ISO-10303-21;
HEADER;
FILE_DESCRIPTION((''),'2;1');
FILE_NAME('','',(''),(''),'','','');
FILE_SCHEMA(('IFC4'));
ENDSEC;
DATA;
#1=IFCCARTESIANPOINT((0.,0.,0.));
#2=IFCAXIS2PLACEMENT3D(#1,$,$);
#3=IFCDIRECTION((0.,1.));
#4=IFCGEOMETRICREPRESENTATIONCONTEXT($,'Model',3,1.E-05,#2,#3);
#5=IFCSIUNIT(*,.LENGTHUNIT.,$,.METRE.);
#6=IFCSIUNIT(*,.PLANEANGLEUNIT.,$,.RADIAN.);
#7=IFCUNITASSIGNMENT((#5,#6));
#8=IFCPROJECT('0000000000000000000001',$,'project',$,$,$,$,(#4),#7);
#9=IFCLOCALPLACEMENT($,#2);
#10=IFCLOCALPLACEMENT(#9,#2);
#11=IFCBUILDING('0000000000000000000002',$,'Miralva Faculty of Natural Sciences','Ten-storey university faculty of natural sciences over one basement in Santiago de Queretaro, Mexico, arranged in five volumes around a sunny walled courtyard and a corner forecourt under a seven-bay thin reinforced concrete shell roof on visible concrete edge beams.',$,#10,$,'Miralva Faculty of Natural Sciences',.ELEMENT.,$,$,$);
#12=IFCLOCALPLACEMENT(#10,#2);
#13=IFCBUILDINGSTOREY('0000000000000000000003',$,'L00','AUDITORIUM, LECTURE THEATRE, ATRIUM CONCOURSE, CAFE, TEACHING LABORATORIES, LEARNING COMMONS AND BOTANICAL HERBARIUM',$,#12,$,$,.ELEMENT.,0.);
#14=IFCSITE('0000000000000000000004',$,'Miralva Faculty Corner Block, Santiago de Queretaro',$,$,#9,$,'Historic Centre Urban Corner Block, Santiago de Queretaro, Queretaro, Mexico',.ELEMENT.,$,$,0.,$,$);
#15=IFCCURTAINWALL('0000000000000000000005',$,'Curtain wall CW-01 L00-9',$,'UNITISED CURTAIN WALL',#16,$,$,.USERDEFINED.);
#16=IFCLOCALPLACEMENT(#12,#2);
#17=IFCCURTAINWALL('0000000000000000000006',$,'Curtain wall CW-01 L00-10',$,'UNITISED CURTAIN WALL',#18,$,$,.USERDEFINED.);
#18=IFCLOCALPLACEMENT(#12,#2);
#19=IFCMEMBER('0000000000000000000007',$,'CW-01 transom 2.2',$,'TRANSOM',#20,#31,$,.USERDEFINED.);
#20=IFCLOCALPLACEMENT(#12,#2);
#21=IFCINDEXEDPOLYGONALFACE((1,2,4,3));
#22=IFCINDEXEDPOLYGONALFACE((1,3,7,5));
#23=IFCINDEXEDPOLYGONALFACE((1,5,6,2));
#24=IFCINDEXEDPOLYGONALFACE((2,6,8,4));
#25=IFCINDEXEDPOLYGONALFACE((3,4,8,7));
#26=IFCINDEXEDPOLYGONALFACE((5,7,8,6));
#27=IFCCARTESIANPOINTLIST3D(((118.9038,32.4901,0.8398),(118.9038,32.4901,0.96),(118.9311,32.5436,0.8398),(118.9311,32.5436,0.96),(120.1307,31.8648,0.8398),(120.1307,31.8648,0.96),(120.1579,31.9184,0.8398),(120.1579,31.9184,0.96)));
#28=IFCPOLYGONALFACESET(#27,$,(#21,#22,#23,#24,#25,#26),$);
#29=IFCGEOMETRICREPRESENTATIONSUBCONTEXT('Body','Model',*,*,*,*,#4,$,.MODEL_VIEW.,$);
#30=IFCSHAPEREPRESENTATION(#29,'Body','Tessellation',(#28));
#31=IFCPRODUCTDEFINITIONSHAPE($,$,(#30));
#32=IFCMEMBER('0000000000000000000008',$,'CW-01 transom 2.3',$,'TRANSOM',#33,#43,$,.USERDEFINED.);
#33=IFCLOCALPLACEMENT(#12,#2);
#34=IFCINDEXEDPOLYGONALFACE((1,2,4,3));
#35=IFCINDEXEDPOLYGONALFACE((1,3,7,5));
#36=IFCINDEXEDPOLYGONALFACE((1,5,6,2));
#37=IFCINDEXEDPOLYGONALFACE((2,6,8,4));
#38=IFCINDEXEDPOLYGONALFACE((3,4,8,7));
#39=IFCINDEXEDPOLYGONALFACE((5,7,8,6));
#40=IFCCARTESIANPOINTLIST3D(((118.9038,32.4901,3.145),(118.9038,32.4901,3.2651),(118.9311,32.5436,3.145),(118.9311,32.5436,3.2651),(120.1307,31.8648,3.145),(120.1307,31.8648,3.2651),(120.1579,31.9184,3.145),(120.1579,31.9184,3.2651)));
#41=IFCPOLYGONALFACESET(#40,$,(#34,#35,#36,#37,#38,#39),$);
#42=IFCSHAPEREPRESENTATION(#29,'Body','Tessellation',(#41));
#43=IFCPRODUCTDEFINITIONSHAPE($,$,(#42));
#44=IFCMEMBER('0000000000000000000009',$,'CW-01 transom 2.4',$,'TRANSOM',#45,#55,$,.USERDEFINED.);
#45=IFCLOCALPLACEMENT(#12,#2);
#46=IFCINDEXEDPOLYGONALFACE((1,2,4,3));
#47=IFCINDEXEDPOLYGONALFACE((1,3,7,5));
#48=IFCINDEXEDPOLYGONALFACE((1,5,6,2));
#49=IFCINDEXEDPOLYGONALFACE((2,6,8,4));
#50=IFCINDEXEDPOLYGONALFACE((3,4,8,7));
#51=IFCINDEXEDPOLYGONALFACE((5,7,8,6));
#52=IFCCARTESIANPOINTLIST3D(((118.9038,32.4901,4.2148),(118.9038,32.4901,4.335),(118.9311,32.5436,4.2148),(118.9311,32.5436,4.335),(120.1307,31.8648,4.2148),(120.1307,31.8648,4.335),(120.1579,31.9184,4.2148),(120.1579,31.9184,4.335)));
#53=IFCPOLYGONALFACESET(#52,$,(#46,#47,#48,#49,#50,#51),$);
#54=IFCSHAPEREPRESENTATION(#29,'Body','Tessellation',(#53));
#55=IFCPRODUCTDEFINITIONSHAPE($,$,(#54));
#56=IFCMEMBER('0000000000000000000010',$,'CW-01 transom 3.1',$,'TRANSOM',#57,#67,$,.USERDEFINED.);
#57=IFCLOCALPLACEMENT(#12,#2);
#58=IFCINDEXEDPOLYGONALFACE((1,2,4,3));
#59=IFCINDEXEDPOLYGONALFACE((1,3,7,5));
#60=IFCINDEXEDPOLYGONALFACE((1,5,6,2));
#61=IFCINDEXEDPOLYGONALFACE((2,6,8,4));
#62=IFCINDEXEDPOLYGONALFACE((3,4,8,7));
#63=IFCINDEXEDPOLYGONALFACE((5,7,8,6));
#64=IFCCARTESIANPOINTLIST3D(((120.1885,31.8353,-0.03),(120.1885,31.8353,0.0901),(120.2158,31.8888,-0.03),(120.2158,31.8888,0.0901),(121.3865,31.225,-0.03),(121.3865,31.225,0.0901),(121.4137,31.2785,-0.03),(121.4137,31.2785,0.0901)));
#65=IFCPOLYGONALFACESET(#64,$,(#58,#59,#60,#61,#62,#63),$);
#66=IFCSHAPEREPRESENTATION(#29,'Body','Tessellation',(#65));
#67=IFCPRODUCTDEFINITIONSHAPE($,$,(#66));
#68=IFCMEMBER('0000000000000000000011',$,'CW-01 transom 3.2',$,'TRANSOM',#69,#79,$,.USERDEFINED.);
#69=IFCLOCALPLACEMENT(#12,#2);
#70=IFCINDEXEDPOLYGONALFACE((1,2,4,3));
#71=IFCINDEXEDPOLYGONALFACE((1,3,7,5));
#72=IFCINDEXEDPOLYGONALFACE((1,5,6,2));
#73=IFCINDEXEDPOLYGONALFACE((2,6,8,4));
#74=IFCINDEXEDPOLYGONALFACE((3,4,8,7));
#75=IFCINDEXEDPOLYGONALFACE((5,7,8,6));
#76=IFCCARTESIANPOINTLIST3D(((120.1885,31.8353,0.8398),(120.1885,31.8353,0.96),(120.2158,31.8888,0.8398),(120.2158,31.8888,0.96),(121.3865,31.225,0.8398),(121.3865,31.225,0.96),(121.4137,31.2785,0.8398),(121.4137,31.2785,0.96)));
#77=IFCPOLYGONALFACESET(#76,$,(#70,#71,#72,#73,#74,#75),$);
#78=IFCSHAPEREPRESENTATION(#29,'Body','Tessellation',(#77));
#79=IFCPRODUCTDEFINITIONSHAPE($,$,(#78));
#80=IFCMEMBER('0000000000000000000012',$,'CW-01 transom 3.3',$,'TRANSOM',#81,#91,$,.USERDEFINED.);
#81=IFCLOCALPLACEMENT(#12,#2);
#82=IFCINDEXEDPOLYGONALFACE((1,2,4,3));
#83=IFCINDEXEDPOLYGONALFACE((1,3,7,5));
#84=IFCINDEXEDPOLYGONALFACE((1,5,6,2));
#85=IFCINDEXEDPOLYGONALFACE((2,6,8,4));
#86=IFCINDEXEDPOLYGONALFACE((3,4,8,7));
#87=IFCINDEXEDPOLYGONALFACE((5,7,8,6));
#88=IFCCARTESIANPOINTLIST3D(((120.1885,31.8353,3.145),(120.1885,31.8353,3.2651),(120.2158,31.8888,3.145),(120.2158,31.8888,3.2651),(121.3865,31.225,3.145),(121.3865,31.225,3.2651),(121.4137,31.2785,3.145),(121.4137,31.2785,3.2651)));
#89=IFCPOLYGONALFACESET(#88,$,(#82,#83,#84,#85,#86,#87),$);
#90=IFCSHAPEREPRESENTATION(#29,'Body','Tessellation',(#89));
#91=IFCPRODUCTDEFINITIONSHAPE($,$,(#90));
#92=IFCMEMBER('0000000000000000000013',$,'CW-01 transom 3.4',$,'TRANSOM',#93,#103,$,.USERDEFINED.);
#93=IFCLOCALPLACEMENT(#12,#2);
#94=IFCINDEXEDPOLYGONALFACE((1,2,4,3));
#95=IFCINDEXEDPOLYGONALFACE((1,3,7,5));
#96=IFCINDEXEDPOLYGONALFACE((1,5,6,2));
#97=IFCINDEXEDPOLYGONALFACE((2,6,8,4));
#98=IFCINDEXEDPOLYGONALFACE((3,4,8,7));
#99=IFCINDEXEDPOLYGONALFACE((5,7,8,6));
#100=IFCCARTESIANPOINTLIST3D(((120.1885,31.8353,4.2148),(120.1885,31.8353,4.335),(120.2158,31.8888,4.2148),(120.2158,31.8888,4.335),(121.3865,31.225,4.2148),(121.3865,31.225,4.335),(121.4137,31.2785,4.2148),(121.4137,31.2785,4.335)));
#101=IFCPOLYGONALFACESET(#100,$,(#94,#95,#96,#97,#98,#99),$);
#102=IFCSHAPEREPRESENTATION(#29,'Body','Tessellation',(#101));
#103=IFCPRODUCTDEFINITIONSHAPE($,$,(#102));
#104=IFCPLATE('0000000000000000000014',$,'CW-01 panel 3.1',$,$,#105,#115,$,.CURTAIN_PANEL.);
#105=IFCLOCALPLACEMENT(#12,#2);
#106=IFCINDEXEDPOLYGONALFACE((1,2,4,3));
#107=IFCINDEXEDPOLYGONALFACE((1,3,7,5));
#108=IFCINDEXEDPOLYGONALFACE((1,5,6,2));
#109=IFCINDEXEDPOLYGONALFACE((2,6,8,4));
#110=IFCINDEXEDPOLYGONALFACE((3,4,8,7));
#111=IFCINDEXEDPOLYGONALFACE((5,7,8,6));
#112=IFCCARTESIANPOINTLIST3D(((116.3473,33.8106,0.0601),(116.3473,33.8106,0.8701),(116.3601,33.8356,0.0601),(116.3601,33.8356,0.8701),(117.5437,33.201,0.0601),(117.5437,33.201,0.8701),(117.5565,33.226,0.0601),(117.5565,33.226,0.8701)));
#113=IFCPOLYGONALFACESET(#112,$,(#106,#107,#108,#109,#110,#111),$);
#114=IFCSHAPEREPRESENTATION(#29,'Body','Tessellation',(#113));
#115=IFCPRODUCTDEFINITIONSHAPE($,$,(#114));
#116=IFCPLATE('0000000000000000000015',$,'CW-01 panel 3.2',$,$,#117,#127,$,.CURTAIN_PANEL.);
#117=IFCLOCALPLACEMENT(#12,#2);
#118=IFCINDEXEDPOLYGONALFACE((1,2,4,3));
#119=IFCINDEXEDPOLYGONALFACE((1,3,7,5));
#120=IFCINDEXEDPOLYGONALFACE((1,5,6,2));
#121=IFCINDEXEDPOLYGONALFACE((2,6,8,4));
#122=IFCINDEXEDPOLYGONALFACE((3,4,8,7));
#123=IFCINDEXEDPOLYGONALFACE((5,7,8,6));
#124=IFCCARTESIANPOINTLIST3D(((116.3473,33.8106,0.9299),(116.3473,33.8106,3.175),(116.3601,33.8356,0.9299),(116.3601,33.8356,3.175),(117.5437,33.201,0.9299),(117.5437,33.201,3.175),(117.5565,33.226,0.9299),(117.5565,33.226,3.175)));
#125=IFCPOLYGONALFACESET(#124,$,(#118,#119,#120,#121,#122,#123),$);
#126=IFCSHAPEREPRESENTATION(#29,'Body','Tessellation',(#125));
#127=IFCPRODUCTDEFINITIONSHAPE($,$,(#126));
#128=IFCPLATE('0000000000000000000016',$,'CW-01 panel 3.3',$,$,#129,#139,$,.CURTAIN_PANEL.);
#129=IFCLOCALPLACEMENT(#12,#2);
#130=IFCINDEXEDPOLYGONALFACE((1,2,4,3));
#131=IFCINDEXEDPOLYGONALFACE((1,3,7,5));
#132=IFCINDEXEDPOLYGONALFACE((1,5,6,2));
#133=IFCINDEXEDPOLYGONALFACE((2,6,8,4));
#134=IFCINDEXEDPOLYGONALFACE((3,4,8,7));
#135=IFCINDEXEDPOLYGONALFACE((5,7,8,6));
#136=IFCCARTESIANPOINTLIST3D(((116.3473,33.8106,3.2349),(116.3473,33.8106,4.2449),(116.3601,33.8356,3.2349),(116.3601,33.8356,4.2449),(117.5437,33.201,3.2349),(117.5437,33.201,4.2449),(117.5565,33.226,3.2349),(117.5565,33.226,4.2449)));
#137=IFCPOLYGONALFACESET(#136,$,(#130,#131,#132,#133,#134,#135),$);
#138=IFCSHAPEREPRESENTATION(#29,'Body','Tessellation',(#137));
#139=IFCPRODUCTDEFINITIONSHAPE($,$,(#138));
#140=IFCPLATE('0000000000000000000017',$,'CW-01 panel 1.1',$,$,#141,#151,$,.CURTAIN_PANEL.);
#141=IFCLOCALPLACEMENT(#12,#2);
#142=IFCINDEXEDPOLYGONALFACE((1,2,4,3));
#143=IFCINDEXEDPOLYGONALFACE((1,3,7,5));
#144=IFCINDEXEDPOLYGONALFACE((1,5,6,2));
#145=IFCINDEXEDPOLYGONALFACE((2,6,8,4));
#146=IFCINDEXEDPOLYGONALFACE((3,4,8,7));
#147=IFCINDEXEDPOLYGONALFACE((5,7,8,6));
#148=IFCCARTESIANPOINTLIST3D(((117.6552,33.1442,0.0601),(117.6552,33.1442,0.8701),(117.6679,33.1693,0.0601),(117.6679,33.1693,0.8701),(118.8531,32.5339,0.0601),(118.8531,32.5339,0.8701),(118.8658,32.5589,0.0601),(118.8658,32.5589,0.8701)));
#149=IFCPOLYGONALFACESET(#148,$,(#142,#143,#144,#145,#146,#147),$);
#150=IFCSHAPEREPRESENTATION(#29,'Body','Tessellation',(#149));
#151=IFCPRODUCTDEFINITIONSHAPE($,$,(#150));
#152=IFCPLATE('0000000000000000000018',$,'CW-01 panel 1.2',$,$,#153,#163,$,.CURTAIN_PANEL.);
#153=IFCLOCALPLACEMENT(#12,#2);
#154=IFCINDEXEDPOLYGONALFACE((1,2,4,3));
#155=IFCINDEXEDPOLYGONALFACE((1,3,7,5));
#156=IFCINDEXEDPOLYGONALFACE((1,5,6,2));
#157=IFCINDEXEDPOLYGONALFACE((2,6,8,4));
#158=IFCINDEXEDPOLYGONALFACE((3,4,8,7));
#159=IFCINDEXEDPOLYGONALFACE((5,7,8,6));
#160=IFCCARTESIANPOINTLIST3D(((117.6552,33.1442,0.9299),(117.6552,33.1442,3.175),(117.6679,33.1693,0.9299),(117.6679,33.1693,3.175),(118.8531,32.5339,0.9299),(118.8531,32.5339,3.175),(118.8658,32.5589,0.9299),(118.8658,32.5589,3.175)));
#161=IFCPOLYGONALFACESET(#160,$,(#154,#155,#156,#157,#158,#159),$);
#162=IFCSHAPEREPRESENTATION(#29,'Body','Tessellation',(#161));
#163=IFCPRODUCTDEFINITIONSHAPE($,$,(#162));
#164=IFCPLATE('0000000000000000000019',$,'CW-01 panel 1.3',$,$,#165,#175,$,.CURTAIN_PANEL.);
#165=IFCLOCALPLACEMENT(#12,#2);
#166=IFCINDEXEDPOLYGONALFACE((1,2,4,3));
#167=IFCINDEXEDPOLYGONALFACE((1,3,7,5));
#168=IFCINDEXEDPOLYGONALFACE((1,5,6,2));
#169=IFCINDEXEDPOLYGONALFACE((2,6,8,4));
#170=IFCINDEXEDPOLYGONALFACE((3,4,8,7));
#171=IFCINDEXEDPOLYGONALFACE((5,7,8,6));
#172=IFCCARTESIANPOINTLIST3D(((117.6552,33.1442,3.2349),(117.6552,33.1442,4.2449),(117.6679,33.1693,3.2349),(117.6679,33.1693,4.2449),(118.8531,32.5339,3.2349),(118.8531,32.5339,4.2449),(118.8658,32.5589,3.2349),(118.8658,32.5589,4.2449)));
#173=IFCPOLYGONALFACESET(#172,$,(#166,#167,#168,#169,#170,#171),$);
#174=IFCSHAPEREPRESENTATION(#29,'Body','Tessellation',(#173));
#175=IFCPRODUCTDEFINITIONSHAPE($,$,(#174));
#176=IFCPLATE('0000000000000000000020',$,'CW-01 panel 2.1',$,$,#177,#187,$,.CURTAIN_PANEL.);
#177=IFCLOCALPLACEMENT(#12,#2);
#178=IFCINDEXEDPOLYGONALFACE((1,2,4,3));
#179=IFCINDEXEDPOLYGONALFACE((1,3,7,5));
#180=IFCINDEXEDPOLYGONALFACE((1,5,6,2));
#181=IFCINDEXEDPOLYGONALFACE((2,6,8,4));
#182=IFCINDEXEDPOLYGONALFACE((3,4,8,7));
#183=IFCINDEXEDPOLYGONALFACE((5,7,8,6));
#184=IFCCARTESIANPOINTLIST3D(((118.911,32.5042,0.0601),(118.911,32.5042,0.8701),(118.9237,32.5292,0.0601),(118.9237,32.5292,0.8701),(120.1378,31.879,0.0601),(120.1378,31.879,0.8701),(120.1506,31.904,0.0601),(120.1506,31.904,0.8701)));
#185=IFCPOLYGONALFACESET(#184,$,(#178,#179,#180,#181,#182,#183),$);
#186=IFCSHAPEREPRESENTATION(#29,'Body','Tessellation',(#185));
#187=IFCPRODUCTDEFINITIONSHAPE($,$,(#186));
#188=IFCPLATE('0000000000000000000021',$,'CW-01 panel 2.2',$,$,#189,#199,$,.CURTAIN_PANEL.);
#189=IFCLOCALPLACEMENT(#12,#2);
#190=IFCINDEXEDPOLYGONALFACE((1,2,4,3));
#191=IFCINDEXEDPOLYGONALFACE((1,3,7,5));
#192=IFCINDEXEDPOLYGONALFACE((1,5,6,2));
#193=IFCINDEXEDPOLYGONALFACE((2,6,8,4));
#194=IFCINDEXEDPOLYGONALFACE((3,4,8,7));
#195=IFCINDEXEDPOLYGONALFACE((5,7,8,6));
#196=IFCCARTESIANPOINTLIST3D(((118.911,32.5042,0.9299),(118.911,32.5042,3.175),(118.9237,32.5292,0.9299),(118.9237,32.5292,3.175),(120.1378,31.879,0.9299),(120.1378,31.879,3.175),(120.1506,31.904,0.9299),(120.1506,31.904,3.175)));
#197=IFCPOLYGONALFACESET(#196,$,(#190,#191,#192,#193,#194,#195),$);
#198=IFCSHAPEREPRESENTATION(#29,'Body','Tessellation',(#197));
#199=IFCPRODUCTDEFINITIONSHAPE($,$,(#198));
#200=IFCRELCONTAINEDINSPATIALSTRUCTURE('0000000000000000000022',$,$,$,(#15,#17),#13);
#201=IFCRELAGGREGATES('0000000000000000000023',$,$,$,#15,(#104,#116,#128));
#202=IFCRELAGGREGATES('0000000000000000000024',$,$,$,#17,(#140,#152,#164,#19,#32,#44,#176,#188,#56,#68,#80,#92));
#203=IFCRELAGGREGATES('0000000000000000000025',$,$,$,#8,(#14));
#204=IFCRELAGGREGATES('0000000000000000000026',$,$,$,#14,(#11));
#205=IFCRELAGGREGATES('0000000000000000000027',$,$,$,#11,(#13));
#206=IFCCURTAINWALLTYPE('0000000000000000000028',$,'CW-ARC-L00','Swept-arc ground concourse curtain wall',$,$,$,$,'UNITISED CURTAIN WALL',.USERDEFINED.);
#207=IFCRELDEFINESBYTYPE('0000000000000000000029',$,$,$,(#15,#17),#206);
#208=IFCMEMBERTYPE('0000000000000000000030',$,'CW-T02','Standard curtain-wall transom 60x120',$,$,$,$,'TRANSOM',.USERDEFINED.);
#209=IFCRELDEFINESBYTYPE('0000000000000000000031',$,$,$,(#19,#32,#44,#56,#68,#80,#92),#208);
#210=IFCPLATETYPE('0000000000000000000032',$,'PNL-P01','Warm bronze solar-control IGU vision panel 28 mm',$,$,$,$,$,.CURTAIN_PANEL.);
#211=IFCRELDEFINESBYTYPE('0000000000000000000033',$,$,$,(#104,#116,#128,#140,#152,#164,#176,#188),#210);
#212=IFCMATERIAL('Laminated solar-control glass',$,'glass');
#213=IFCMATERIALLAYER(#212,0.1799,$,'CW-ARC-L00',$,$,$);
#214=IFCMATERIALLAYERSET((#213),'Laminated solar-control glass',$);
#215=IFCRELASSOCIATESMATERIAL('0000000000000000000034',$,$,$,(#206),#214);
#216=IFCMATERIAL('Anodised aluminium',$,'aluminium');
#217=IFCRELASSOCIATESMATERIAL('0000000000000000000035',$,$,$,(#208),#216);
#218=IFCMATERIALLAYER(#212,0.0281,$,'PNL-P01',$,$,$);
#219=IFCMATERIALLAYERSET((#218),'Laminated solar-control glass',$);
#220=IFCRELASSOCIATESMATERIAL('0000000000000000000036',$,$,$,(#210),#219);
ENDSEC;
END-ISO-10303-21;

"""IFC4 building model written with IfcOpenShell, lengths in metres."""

from ifc_helpers import new_model, si_unit, direction, frame, origin, origin_2d, place, context, subcontext, project, spatial, rectangle, extrude, material, layer, layer_set, material_profile, profile_set, type_object, element, aggregate, save


model = new_model("IFC4")

# Units and contexts
model_context = context("Model", 3, precision=1e-05, world=origin(), true_north=direction((0.0, 1.0)))
body_context = subcontext(model_context, "Body", "Model", "MODEL_VIEW")
ifc_project = project(units=[si_unit("LENGTHUNIT", "METRE"), si_unit("PLANEANGLEUNIT", "RADIAN")], contexts=[model_context])

# Site, building, storey
site_placement = place(None, origin())
site = spatial("IfcSite", under=ifc_project, at=site_placement, Name="Miralva Faculty Corner Block, Santiago de Queretaro", LongName="Historic Centre Urban Corner Block, Santiago de Queretaro, Queretaro, Mexico", CompositionType="ELEMENT", RefElevation=0.0)
building_placement = place(site_placement, origin())
building = spatial("IfcBuilding", under=site, at=building_placement, Name="Miralva Faculty of Natural Sciences", Description="Ten-storey university faculty of natural sciences over one basement in Santiago de Queretaro, Mexico, arranged in five volumes around a sunny walled courtyard and a corner forecourt under a seven-bay thin reinforced concrete shell roof on visible concrete edge beams.", LongName="Miralva Faculty of Natural Sciences", CompositionType="ELEMENT")
storey_placement = place(building_placement, origin())
storey = spatial("IfcBuildingStorey", under=building, at=storey_placement, Name="L00", Description="AUDITORIUM, LECTURE THEATRE, ATRIUM CONCOURSE, CAFE, TEACHING LABORATORIES, LEARNING COMMONS AND BOTANICAL HERBARIUM", CompositionType="ELEMENT", Elevation=0.0)

# Curtain walls
ifc_material_1 = material(Name="Laminated solar-control glass", Category="glass")
ifc_layer_1 = layer(ifc_material_1, 0.1799, Name="CW-ARC-L00")
ifc_layer_set_1 = layer_set([ifc_layer_1], Name="Laminated solar-control glass")
curtain_wall_type = type_object("IfcCurtainWallType", Name="CW-ARC-L00", Description="Swept-arc ground concourse curtain wall", ElementType="UNITISED CURTAIN WALL", PredefinedType="USERDEFINED", material=ifc_layer_set_1)
curtain_wall_1_placement = place(storey_placement, origin())
curtain_wall_1 = element("IfcCurtainWall", 1, at=curtain_wall_1_placement, inside=storey, type_object=curtain_wall_type, Name="Curtain wall CW-01 L00-9", ObjectType="UNITISED CURTAIN WALL", PredefinedType="USERDEFINED")
ifc_material_2 = material(Name="Anodised aluminium", Category="aluminium")
curtain_wall_2_placement = place(storey_placement, origin())
curtain_wall_2 = element("IfcCurtainWall", 2, at=curtain_wall_2_placement, inside=storey, type_object=curtain_wall_type, Name="Curtain wall CW-01 L00-10", ObjectType="UNITISED CURTAIN WALL", PredefinedType="USERDEFINED")

# Members
ifc_material_profile_1 = material_profile(ifc_material_2, rectangle(XDim=0.0601, YDim=0.1201, at=origin_2d()), Name="TRANSOM 60x120")
ifc_profile_set_1 = profile_set([ifc_material_profile_1], Name="Anodised aluminium")
member_type_1 = type_object("IfcMemberType", Name="CW-T02", Description="Standard curtain-wall transom 60x120", ElementType="TRANSOM", PredefinedType="USERDEFINED", material=ifc_profile_set_1)
member_1_placement = place(storey_placement, frame((118.9175, 32.5168, 0.8999), z_axis=(0.890961, -0.45408, 0.0), x_axis=(0.45408, 0.890961, 0.0)))
member_1 = element("IfcMember", 3, at=member_1_placement, type_object=member_type_1, Name="CW-01 transom 2.2", ObjectType="TRANSOM", PredefinedType="USERDEFINED", context=body_context, shape_type="SweptSolid", body=[
    extrude(rectangle(XDim=0.0601, YDim=0.1201, at=origin_2d()), origin(), (0.0, 0.0, 1.0), 1.377),
])
member_2_placement = place(storey_placement, frame((118.9175, 32.5168, 3.2051), z_axis=(0.890961, -0.45408, 0.0), x_axis=(0.45408, 0.890961, 0.0)))
member_2 = element("IfcMember", 4, at=member_2_placement, type_object=member_type_1, Name="CW-01 transom 2.3", ObjectType="TRANSOM", PredefinedType="USERDEFINED", context=body_context, shape_type="SweptSolid", body=[
    extrude(rectangle(XDim=0.0601, YDim=0.1201, at=origin_2d()), origin(), (0.0, 0.0, 1.0), 1.377),
])
member_3_placement = place(storey_placement, frame((118.9175, 32.5168, 4.2749), z_axis=(0.890961, -0.45408, 0.0), x_axis=(0.45408, 0.890961, 0.0)))
member_3 = element("IfcMember", 5, at=member_3_placement, type_object=member_type_1, Name="CW-01 transom 2.4", ObjectType="TRANSOM", PredefinedType="USERDEFINED", context=body_context, shape_type="SweptSolid", body=[
    extrude(rectangle(XDim=0.0601, YDim=0.1201, at=origin_2d()), origin(), (0.0, 0.0, 1.0), 1.377),
])
member_4_placement = place(storey_placement, frame((120.2021, 31.8621, 0.03), z_axis=(0.891024, -0.453956, 0.0), x_axis=(0.453956, 0.891024, 0.0)))
member_4 = element("IfcMember", 6, at=member_4_placement, type_object=member_type_1, Name="CW-01 transom 3.1", ObjectType="TRANSOM", PredefinedType="USERDEFINED", context=body_context, shape_type="SweptSolid", body=[
    extrude(rectangle(XDim=0.0601, YDim=0.1201, at=origin_2d()), origin(), (0.0, 0.0, 1.0), 1.3445),
])
member_5_placement = place(storey_placement, frame((120.2021, 31.8621, 0.8999), z_axis=(0.891024, -0.453956, 0.0), x_axis=(0.453956, 0.891024, 0.0)))
member_5 = element("IfcMember", 7, at=member_5_placement, type_object=member_type_1, Name="CW-01 transom 3.2", ObjectType="TRANSOM", PredefinedType="USERDEFINED", context=body_context, shape_type="SweptSolid", body=[
    extrude(rectangle(XDim=0.0601, YDim=0.1201, at=origin_2d()), origin(), (0.0, 0.0, 1.0), 1.3445),
])
member_6_placement = place(storey_placement, frame((120.2021, 31.8621, 3.2051), z_axis=(0.891024, -0.453956, 0.0), x_axis=(0.453956, 0.891024, 0.0)))
member_6 = element("IfcMember", 8, at=member_6_placement, type_object=member_type_1, Name="CW-01 transom 3.3", ObjectType="TRANSOM", PredefinedType="USERDEFINED", context=body_context, shape_type="SweptSolid", body=[
    extrude(rectangle(XDim=0.0601, YDim=0.1201, at=origin_2d()), origin(), (0.0, 0.0, 1.0), 1.3445),
])
member_7_placement = place(storey_placement, frame((120.2021, 31.8621, 4.2749), z_axis=(0.891024, -0.453956, 0.0), x_axis=(0.453956, 0.891024, 0.0)))
member_7 = element("IfcMember", 9, at=member_7_placement, type_object=member_type_1, Name="CW-01 transom 3.4", ObjectType="TRANSOM", PredefinedType="USERDEFINED", context=body_context, shape_type="SweptSolid", body=[
    extrude(rectangle(XDim=0.0601, YDim=0.1201, at=origin_2d()), origin(), (0.0, 0.0, 1.0), 1.3445),
])

# Plates
ifc_layer_2 = layer(ifc_material_1, 0.0281, Name="PNL-P01")
ifc_layer_set_2 = layer_set([ifc_layer_2], Name="Laminated solar-control glass")
plate_type = type_object("IfcPlateType", Name="PNL-P01", Description="Warm bronze solar-control IGU vision panel 28 mm", PredefinedType="CURTAIN_PANEL", material=ifc_layer_set_2)
plate_1_placement = place(storey_placement, frame((116.9519, 33.5183, 0.0601), z_axis=(0.0, 0.0, 1.0), x_axis=(0.891018, -0.453968, 0.0)))
plate_1 = element("IfcPlate", 10, at=plate_1_placement, type_object=plate_type, Name="CW-01 panel 3.1", PredefinedType="CURTAIN_PANEL", context=body_context, shape_type="SweptSolid", body=[
    extrude(rectangle(XDim=1.3428, YDim=0.0281, at=origin_2d()), origin(), (0.0, 0.0, 1.0), 0.8101),
])
plate_2_placement = place(storey_placement, frame((116.9519, 33.5183, 0.9299), z_axis=(0.0, 0.0, 1.0), x_axis=(0.891018, -0.453968, 0.0)))
plate_2 = element("IfcPlate", 11, at=plate_2_placement, type_object=plate_type, Name="CW-01 panel 3.2", PredefinedType="CURTAIN_PANEL", context=body_context, shape_type="SweptSolid", body=[
    extrude(rectangle(XDim=1.3428, YDim=0.0281, at=origin_2d()), origin(), (0.0, 0.0, 1.0), 2.2451),
])
plate_3_placement = place(storey_placement, frame((116.9519, 33.5183, 3.2349), z_axis=(0.0, 0.0, 1.0), x_axis=(0.891018, -0.453968, 0.0)))
plate_3 = element("IfcPlate", 12, at=plate_3_placement, type_object=plate_type, Name="CW-01 panel 3.3", PredefinedType="CURTAIN_PANEL", context=body_context, shape_type="SweptSolid", body=[
    extrude(rectangle(XDim=1.3428, YDim=0.0281, at=origin_2d()), origin(), (0.0, 0.0, 1.0), 1.01),
])
aggregate(curtain_wall_1, [plate_1, plate_2, plate_3])
plate_4_placement = place(storey_placement, frame((118.2605, 32.8516, 0.0601), z_axis=(0.0, 0.0, 1.0), x_axis=(0.891003, -0.453997, 0.0)))
plate_4 = element("IfcPlate", 13, at=plate_4_placement, type_object=plate_type, Name="CW-01 panel 1.1", PredefinedType="CURTAIN_PANEL", context=body_context, shape_type="SweptSolid", body=[
    extrude(rectangle(XDim=1.3445, YDim=0.0281, at=origin_2d()), origin(), (0.0, 0.0, 1.0), 0.8101),
])
plate_5_placement = place(storey_placement, frame((118.2605, 32.8516, 0.9299), z_axis=(0.0, 0.0, 1.0), x_axis=(0.891003, -0.453997, 0.0)))
plate_5 = element("IfcPlate", 14, at=plate_5_placement, type_object=plate_type, Name="CW-01 panel 1.2", PredefinedType="CURTAIN_PANEL", context=body_context, shape_type="SweptSolid", body=[
    extrude(rectangle(XDim=1.3445, YDim=0.0281, at=origin_2d()), origin(), (0.0, 0.0, 1.0), 2.2451),
])
plate_6_placement = place(storey_placement, frame((118.2605, 32.8516, 3.2349), z_axis=(0.0, 0.0, 1.0), x_axis=(0.891003, -0.453997, 0.0)))
plate_6 = element("IfcPlate", 15, at=plate_6_placement, type_object=plate_type, Name="CW-01 panel 1.3", PredefinedType="CURTAIN_PANEL", context=body_context, shape_type="SweptSolid", body=[
    extrude(rectangle(XDim=1.3445, YDim=0.0281, at=origin_2d()), origin(), (0.0, 0.0, 1.0), 1.01),
])
plate_7_placement = place(storey_placement, frame((119.5308, 32.2041, 0.0601), z_axis=(0.0, 0.0, 1.0), x_axis=(0.891003, -0.453997, 0.0)))
plate_7 = element("IfcPlate", 16, at=plate_7_placement, type_object=plate_type, Name="CW-01 panel 2.1", PredefinedType="CURTAIN_PANEL", context=body_context, shape_type="SweptSolid", body=[
    extrude(rectangle(XDim=1.377, YDim=0.0281, at=origin_2d()), origin(), (0.0, 0.0, 1.0), 0.8101),
])
plate_8_placement = place(storey_placement, frame((119.5308, 32.2041, 0.9299), z_axis=(0.0, 0.0, 1.0), x_axis=(0.891003, -0.453997, 0.0)))
plate_8 = element("IfcPlate", 17, at=plate_8_placement, type_object=plate_type, Name="CW-01 panel 2.2", PredefinedType="CURTAIN_PANEL", context=body_context, shape_type="SweptSolid", body=[
    extrude(rectangle(XDim=1.377, YDim=0.0281, at=origin_2d()), origin(), (0.0, 0.0, 1.0), 2.2451),
])
aggregate(curtain_wall_2, [plate_4, plate_5, plate_6, member_1, member_2, member_3, plate_7, plate_8, member_4, member_5, member_6, member_7])

save(model, "model.ifc")
